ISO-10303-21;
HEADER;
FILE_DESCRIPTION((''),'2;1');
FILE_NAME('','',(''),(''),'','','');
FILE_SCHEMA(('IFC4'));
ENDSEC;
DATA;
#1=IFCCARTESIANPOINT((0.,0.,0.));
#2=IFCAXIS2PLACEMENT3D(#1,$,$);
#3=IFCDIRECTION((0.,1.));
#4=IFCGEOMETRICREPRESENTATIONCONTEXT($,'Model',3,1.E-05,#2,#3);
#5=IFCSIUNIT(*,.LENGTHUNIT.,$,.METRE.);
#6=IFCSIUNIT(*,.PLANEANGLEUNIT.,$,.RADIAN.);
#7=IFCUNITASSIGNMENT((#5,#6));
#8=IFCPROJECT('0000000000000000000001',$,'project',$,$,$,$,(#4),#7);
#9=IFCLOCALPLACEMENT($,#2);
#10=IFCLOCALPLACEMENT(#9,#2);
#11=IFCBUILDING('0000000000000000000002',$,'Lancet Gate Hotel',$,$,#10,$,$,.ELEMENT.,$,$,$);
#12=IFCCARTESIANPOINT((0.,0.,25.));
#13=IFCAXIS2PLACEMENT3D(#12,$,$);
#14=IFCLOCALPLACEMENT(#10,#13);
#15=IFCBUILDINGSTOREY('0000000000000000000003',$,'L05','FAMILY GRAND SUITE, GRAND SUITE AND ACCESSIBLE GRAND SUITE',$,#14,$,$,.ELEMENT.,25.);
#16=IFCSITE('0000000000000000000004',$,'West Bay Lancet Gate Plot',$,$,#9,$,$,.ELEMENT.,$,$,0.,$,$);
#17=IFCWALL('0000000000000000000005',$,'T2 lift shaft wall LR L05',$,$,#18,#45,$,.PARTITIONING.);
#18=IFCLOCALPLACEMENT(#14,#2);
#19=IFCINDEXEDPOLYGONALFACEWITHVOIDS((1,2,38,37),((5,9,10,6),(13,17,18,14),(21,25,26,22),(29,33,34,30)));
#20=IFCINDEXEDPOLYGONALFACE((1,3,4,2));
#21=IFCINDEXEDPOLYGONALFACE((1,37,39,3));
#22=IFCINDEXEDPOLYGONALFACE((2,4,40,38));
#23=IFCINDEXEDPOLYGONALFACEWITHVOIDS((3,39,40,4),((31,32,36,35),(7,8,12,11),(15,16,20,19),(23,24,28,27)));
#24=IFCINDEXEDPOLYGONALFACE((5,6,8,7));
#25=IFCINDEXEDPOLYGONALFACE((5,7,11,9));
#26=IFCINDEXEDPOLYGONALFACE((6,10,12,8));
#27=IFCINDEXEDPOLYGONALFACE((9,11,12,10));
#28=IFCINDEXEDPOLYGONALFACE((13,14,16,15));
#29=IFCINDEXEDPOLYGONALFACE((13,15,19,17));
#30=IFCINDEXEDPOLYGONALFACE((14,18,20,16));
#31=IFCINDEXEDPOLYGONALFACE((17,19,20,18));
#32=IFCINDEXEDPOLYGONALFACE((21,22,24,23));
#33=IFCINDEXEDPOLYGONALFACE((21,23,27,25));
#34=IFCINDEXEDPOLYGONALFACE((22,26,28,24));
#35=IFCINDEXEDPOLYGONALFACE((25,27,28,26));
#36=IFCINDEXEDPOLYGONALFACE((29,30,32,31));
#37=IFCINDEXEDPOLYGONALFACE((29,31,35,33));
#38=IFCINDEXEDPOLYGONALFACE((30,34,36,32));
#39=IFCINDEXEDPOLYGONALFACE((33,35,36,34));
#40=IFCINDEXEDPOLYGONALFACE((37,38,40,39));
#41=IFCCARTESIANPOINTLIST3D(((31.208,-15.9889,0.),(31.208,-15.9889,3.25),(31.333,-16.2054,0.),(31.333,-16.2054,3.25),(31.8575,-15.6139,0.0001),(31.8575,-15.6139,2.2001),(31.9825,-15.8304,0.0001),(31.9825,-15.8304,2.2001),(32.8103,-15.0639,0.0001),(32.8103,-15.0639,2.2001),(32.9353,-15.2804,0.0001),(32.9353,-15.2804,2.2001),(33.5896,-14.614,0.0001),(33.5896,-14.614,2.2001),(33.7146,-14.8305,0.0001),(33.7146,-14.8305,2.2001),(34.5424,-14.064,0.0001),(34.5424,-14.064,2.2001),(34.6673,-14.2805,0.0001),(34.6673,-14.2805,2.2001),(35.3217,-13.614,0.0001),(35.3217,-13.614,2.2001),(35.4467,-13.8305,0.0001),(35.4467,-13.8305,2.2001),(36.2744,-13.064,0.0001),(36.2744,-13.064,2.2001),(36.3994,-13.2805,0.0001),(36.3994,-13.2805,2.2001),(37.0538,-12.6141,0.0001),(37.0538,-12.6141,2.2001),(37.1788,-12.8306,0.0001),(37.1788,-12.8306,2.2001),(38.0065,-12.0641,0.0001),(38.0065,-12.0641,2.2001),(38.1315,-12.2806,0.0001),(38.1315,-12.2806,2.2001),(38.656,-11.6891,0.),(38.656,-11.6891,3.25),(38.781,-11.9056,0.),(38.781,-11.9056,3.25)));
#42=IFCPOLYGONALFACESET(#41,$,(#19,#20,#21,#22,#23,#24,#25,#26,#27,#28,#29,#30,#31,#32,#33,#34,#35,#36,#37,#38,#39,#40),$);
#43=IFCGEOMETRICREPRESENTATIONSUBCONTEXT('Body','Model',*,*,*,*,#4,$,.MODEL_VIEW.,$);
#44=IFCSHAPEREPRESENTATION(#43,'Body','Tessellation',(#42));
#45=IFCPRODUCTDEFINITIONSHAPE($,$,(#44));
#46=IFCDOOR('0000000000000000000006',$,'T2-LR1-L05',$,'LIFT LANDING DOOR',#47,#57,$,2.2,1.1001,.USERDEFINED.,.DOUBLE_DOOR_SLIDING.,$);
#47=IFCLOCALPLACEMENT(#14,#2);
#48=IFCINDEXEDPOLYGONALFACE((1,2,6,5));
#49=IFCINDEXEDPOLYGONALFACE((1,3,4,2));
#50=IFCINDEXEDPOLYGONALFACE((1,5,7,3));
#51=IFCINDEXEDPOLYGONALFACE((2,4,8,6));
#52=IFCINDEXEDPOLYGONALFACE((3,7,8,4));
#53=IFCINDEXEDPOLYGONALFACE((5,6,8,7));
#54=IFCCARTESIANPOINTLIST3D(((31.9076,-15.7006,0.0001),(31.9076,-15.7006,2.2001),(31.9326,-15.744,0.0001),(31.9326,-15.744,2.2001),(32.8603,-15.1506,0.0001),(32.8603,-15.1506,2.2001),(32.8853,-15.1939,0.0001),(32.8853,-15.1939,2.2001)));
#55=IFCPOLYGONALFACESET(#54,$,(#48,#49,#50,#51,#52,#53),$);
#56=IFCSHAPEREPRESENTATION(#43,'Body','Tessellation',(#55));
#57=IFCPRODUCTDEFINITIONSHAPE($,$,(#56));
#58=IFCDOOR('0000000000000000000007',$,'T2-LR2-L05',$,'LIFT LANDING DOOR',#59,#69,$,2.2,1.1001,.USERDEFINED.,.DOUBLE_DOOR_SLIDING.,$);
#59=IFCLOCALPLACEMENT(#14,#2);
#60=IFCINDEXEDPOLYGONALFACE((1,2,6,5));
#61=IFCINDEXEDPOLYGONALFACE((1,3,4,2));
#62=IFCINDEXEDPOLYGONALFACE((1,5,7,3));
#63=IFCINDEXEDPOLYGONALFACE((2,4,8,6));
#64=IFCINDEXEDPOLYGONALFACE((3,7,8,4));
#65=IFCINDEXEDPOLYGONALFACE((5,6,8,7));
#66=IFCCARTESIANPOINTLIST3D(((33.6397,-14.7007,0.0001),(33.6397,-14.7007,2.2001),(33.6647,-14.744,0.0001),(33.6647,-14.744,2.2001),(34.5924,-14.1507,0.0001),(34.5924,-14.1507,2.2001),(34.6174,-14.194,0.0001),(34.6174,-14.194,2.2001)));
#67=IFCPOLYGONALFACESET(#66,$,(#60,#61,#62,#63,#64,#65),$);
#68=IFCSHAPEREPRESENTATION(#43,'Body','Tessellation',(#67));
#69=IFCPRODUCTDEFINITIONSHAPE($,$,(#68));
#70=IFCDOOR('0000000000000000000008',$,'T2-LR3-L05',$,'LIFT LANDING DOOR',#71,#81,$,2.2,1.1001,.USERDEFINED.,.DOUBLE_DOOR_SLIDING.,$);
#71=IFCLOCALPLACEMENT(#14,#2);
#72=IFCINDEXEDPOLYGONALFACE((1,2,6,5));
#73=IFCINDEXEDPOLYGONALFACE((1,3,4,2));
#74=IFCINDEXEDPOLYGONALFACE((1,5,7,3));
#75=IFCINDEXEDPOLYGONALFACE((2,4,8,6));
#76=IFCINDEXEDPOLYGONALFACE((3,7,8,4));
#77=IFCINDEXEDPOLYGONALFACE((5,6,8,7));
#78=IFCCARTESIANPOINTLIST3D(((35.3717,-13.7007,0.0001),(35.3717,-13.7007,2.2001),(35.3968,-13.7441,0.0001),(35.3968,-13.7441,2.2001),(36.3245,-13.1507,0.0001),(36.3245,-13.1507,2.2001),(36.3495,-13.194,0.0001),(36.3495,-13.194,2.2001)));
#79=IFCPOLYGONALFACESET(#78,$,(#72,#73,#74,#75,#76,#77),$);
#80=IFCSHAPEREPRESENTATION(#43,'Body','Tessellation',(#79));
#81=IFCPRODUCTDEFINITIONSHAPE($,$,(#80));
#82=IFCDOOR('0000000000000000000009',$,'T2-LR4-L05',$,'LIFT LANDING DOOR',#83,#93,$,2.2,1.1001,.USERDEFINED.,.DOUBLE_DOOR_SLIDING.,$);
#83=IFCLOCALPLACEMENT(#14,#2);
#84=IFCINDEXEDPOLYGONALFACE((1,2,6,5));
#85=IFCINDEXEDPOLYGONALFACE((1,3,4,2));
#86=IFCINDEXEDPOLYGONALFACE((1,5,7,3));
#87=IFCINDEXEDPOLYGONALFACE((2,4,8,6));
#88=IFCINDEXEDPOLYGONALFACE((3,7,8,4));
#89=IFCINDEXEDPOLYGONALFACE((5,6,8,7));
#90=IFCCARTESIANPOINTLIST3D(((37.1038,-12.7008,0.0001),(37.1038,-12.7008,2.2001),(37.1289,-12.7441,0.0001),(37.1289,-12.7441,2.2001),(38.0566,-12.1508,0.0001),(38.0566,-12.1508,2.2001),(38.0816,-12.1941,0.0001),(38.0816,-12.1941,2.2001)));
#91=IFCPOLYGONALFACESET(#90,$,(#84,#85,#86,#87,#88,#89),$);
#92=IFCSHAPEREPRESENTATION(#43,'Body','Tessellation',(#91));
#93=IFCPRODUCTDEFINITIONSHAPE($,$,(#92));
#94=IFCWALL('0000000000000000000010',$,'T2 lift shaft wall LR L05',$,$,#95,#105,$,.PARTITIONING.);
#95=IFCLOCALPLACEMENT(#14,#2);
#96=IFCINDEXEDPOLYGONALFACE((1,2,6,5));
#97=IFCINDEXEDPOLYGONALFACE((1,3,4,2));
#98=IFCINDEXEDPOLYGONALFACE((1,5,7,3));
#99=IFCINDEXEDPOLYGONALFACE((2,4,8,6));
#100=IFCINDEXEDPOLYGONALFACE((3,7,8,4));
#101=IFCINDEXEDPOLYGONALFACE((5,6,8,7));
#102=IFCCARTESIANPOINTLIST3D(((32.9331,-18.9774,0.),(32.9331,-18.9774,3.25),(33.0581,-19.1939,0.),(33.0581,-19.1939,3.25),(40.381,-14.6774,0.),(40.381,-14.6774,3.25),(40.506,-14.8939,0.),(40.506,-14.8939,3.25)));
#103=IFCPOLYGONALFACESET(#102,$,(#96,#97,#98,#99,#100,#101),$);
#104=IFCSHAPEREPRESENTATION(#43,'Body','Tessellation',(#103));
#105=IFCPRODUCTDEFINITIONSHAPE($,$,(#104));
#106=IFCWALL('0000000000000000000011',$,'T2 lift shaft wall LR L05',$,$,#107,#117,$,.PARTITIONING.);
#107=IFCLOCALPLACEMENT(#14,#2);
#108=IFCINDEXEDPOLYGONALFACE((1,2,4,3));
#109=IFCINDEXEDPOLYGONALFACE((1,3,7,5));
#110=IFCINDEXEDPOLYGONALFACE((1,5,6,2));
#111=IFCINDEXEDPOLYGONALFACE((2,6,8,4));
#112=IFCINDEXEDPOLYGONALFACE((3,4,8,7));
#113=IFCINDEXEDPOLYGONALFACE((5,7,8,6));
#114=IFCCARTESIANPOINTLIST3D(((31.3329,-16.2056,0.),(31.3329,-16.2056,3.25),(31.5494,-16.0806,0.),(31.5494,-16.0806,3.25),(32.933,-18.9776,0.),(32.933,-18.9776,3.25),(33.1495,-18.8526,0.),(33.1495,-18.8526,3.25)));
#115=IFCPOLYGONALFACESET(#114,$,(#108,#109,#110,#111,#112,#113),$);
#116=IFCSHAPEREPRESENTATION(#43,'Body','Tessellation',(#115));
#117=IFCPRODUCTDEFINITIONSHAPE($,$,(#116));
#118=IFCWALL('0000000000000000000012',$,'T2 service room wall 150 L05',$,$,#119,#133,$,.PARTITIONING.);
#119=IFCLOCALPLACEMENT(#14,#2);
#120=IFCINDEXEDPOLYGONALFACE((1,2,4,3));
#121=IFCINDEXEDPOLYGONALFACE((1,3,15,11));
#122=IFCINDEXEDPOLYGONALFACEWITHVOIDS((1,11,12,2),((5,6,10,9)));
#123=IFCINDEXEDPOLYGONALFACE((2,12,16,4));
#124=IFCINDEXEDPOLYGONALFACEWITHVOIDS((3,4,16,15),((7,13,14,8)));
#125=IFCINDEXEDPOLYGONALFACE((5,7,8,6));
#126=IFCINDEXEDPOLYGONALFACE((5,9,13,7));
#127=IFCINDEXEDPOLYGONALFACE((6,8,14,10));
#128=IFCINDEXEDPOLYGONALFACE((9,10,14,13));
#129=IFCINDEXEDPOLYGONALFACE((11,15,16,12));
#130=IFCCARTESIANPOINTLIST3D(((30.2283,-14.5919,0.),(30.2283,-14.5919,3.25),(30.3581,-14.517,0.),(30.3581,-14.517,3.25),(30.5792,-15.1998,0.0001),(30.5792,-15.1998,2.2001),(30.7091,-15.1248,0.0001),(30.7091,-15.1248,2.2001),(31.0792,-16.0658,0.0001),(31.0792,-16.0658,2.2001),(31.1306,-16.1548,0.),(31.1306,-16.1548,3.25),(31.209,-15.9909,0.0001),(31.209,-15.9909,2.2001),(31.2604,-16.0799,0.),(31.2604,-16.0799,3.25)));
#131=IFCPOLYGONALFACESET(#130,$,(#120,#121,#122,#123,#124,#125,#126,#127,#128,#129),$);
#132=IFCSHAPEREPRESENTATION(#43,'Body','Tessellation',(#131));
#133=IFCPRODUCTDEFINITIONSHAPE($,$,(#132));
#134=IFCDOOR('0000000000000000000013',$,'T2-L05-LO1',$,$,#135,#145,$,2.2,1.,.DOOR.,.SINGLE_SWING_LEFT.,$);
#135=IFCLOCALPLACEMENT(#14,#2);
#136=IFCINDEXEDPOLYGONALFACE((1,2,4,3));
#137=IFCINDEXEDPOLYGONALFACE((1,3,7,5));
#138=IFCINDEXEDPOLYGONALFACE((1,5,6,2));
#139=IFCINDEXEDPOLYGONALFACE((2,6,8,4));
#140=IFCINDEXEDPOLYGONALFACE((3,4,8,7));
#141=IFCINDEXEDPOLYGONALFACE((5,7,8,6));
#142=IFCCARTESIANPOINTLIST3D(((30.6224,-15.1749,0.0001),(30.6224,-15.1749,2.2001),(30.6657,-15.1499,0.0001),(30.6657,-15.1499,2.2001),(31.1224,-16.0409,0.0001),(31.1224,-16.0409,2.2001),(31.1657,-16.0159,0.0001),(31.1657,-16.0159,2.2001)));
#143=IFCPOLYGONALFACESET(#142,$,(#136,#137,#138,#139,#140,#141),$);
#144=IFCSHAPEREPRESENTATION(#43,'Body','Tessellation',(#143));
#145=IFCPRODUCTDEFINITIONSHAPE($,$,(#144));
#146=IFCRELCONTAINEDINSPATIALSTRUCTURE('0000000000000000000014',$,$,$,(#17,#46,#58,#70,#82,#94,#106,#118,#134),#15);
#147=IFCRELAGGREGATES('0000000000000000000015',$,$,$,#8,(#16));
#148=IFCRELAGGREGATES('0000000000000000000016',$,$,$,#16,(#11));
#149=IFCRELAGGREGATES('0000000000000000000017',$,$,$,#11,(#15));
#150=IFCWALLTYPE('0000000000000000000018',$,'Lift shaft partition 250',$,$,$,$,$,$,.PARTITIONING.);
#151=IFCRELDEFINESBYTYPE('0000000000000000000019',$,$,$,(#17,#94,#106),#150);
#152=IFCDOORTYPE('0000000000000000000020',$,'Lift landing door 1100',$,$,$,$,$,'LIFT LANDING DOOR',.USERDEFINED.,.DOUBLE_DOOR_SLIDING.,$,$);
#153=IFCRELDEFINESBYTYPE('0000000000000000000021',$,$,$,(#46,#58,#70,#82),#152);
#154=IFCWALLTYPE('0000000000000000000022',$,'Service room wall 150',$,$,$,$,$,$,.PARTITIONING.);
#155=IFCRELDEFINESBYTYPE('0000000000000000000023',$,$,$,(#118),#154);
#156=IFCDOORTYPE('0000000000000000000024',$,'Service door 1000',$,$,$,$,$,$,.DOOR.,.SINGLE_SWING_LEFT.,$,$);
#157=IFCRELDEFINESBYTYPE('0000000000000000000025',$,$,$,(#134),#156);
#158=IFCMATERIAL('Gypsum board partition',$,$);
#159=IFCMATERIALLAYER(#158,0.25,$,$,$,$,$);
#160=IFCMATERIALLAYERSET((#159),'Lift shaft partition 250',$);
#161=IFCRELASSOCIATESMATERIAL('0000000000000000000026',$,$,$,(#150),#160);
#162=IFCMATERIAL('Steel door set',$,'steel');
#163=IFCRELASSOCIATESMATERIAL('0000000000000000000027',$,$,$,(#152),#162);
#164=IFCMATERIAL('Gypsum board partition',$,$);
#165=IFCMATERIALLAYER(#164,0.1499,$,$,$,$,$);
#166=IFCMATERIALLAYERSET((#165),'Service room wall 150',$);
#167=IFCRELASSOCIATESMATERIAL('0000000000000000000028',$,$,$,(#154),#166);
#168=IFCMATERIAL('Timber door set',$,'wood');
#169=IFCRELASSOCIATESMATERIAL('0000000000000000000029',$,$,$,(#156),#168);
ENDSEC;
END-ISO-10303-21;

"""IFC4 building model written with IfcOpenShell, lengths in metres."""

from ifc_helpers import new_model, si_unit, direction, frame, frame_2d, origin, place, context, subcontext, project, spatial, rectangle, extrude, material, layer, layer_set, type_object, element, fill, save


model = new_model("IFC4")

# Units and contexts
model_context = context("Model", 3, precision=1e-05, world=origin(), true_north=direction((0.0, 1.0)))
body_context = subcontext(model_context, "Body", "Model", "MODEL_VIEW")
ifc_project = project(units=[si_unit("LENGTHUNIT", "METRE"), si_unit("PLANEANGLEUNIT", "RADIAN")], contexts=[model_context])

# Site, building, storey
site_placement = place(None, origin())
site = spatial("IfcSite", under=ifc_project, at=site_placement, Name="West Bay Lancet Gate Plot", CompositionType="ELEMENT", RefElevation=0.0)
building_placement = place(site_placement, origin())
building = spatial("IfcBuilding", under=site, at=building_placement, Name="Lancet Gate Hotel", CompositionType="ELEMENT")
storey_placement = place(building_placement, frame((0.0, 0.0, 25.0)))
storey = spatial("IfcBuildingStorey", under=building, at=storey_placement, Name="L05", Description="FAMILY GRAND SUITE, GRAND SUITE AND ACCESSIBLE GRAND SUITE", CompositionType="ELEMENT", Elevation=25.0)

# Wall, openings, doors
ifc_material_1 = material(Name="Gypsum board partition")
ifc_layer_1 = layer(ifc_material_1, 0.25)
ifc_layer_set_1 = layer_set([ifc_layer_1], Name="Lift shaft partition 250")
wall_type_1 = type_object("IfcWallType", Name="Lift shaft partition 250", PredefinedType="PARTITIONING", material=ifc_layer_set_1)
wall_1_placement = place(storey_placement, frame((31.2705, -16.0972, 0.0), z_axis=(0.0, 0.0, 1.0), x_axis=(0.86604, 0.499974, 0.0)))
wall_1 = element("IfcWall", 1, at=wall_1_placement, inside=storey, type_object=wall_type_1, Name="T2 lift shaft wall LR L05", PredefinedType="PARTITIONING", context=body_context, shape_type="SweptSolid", body=[
    extrude(rectangle(XDim=8.6001, YDim=0.25, at=frame_2d((4.3, 0.0))), origin(), (0.0, 0.0, 1.0), 3.25),
])
opening_1_placement = place(wall_1_placement, frame((0.75, 0.0, 0.0)))
opening_1 = element("IfcOpeningElement", 2, at=opening_1_placement, cuts=wall_1, PredefinedType="OPENING", context=body_context, shape_type="SweptSolid", body=[
    extrude(rectangle(XDim=1.1001, YDim=2.2, at=frame_2d((0.55, 1.1001))), frame((0.0, 0.135, 0.0), z_axis=(0.0, -1.0, 0.0), x_axis=(1.0, 0.0, 0.0)), (0.0, 0.0, 1.0), 0.27),
])
opening_2_placement = place(wall_1_placement, frame((2.75, 0.0, 0.0)))
opening_2 = element("IfcOpeningElement", 3, at=opening_2_placement, cuts=wall_1, PredefinedType="OPENING", context=body_context, shape_type="SweptSolid", body=[
    extrude(rectangle(XDim=1.1001, YDim=2.2, at=frame_2d((0.55, 1.1001))), frame((0.0, 0.135, 0.0), z_axis=(0.0, -1.0, 0.0), x_axis=(1.0, 0.0, 0.0)), (0.0, 0.0, 1.0), 0.27),
])
opening_3_placement = place(wall_1_placement, frame((4.75, 0.0, 0.0)))
opening_3 = element("IfcOpeningElement", 4, at=opening_3_placement, cuts=wall_1, PredefinedType="OPENING", context=body_context, shape_type="SweptSolid", body=[
    extrude(rectangle(XDim=1.1001, YDim=2.2, at=frame_2d((0.55, 1.1001))), frame((0.0, 0.135, 0.0), z_axis=(0.0, -1.0, 0.0), x_axis=(1.0, 0.0, 0.0)), (0.0, 0.0, 1.0), 0.27),
])
opening_4_placement = place(wall_1_placement, frame((6.75, 0.0, 0.0)))
opening_4 = element("IfcOpeningElement", 5, at=opening_4_placement, cuts=wall_1, PredefinedType="OPENING", context=body_context, shape_type="SweptSolid", body=[
    extrude(rectangle(XDim=1.1001, YDim=2.2, at=frame_2d((0.55, 1.1001))), frame((0.0, 0.135, 0.0), z_axis=(0.0, -1.0, 0.0), x_axis=(1.0, 0.0, 0.0)), (0.0, 0.0, 1.0), 0.27),
])
ifc_material_2 = material(Name="Steel door set", Category="steel")
door_type_1 = type_object("IfcDoorType", Name="Lift landing door 1100", ElementType="LIFT LANDING DOOR", OperationType="DOUBLE_DOOR_SLIDING", PredefinedType="USERDEFINED", material=ifc_material_2)
door_1_placement = place(opening_1_placement, origin())
door_1 = element("IfcDoor", 6, at=door_1_placement, inside=storey, type_object=door_type_1, Name="T2-LR1-L05", ObjectType="LIFT LANDING DOOR", OperationType="DOUBLE_DOOR_SLIDING", OverallHeight=2.2, OverallWidth=1.1001, PredefinedType="USERDEFINED", context=body_context, shape_type="SweptSolid", body=[
    extrude(rectangle(XDim=1.1001, YDim=2.2, at=frame_2d((0.55, 1.1001))), frame((0.0, 0.0249, 0.0), z_axis=(0.0, -1.0, 0.0), x_axis=(1.0, 0.0, 0.0)), (0.0, 0.0, 1.0), 0.05),
])
fill(opening_1, door_1)
door_2_placement = place(opening_2_placement, origin())
door_2 = element("IfcDoor", 7, at=door_2_placement, inside=storey, type_object=door_type_1, Name="T2-LR2-L05", ObjectType="LIFT LANDING DOOR", OperationType="DOUBLE_DOOR_SLIDING", OverallHeight=2.2, OverallWidth=1.1001, PredefinedType="USERDEFINED", context=body_context, shape_type="SweptSolid", body=[
    extrude(rectangle(XDim=1.1001, YDim=2.2, at=frame_2d((0.55, 1.1001))), frame((0.0, 0.0249, 0.0), z_axis=(0.0, -1.0, 0.0), x_axis=(1.0, 0.0, 0.0)), (0.0, 0.0, 1.0), 0.05),
])
fill(opening_2, door_2)
door_3_placement = place(opening_3_placement, origin())
door_3 = element("IfcDoor", 8, at=door_3_placement, inside=storey, type_object=door_type_1, Name="T2-LR3-L05", ObjectType="LIFT LANDING DOOR", OperationType="DOUBLE_DOOR_SLIDING", OverallHeight=2.2, OverallWidth=1.1001, PredefinedType="USERDEFINED", context=body_context, shape_type="SweptSolid", body=[
    extrude(rectangle(XDim=1.1001, YDim=2.2, at=frame_2d((0.55, 1.1001))), frame((0.0, 0.0249, 0.0), z_axis=(0.0, -1.0, 0.0), x_axis=(1.0, 0.0, 0.0)), (0.0, 0.0, 1.0), 0.05),
])
fill(opening_3, door_3)
door_4_placement = place(opening_4_placement, origin())
door_4 = element("IfcDoor", 9, at=door_4_placement, inside=storey, type_object=door_type_1, Name="T2-LR4-L05", ObjectType="LIFT LANDING DOOR", OperationType="DOUBLE_DOOR_SLIDING", OverallHeight=2.2, OverallWidth=1.1001, PredefinedType="USERDEFINED", context=body_context, shape_type="SweptSolid", body=[
    extrude(rectangle(XDim=1.1001, YDim=2.2, at=frame_2d((0.55, 1.1001))), frame((0.0, 0.0249, 0.0), z_axis=(0.0, -1.0, 0.0), x_axis=(1.0, 0.0, 0.0)), (0.0, 0.0, 1.0), 0.05),
])
fill(opening_4, door_4)

# Walls
wall_2_placement = place(storey_placement, frame((32.9956, -19.0857, 0.0), z_axis=(0.0, 0.0, 1.0), x_axis=(0.866028, 0.499995, 0.0)))
element("IfcWall", 10, at=wall_2_placement, inside=storey, type_object=wall_type_1, Name="T2 lift shaft wall LR L05", PredefinedType="PARTITIONING", context=body_context, shape_type="SweptSolid", body=[
    extrude(rectangle(XDim=8.6001, YDim=0.25, at=frame_2d((4.3, 0.0))), origin(), (0.0, 0.0, 1.0), 3.25),
])
wall_3_placement = place(storey_placement, frame((31.4412, -16.1431, 0.0), z_axis=(0.0, 0.0, 1.0), x_axis=(0.499929, -0.866066, 0.0)))
element("IfcWall", 11, at=wall_3_placement, inside=storey, type_object=wall_type_1, Name="T2 lift shaft wall LR L05", PredefinedType="PARTITIONING", context=body_context, shape_type="SweptSolid", body=[
    extrude(rectangle(XDim=3.2007, YDim=0.25, at=frame_2d((1.6003, 0.0))), origin(), (0.0, 0.0, 1.0), 3.25),
])

# Wall, opening, door
ifc_material_3 = material(Name="Gypsum board partition")
ifc_layer_2 = layer(ifc_material_3, 0.1499)
ifc_layer_set_2 = layer_set([ifc_layer_2], Name="Service room wall 150")
wall_type_2 = type_object("IfcWallType", Name="Service room wall 150", PredefinedType="PARTITIONING", material=ifc_layer_set_2)
wall_4_placement = place(storey_placement, frame((30.2932, -14.5544, 0.0), z_axis=(0.0, 0.0, 1.0), x_axis=(0.49998, -0.866037, 0.0)))
wall_4 = element("IfcWall", 12, at=wall_4_placement, inside=storey, type_object=wall_type_2, Name="T2 service room wall 150 L05", PredefinedType="PARTITIONING", context=body_context, shape_type="SweptSolid", body=[
    extrude(rectangle(XDim=1.8047, YDim=0.1499, at=frame_2d((0.9023, 0.0))), origin(), (0.0, 0.0, 1.0), 3.25),
])
opening_5_placement = place(wall_4_placement, frame((0.7019, 0.0, 0.0)))
opening_5 = element("IfcOpeningElement", 13, at=opening_5_placement, cuts=wall_4, PredefinedType="OPENING", context=body_context, shape_type="SweptSolid", body=[
    extrude(rectangle(XDim=1.0, YDim=2.2, at=frame_2d((0.5, 1.1001))), frame((0.0, 0.085, 0.0), z_axis=(0.0, -1.0, 0.0), x_axis=(1.0, 0.0, 0.0)), (0.0, 0.0, 1.0), 0.1699),
])
ifc_material_4 = material(Name="Timber door set", Category="wood")
door_type_2 = type_object("IfcDoorType", Name="Service door 1000", OperationType="SINGLE_SWING_LEFT", PredefinedType="DOOR", material=ifc_material_4)
door_5_placement = place(opening_5_placement, origin())
door_5 = element("IfcDoor", 14, at=door_5_placement, inside=storey, type_object=door_type_2, Name="T2-L05-LO1", OperationType="SINGLE_SWING_LEFT", OverallHeight=2.2, OverallWidth=1.0, PredefinedType="DOOR", context=body_context, shape_type="SweptSolid", body=[
    extrude(rectangle(XDim=1.0, YDim=2.2, at=frame_2d((0.5, 1.1001))), frame((0.0, 0.0249, 0.0), z_axis=(0.0, -1.0, 0.0), x_axis=(1.0, 0.0, 0.0)), (0.0, 0.0, 1.0), 0.05),
])
fill(opening_5, door_5)

save(model, "model.ifc")
